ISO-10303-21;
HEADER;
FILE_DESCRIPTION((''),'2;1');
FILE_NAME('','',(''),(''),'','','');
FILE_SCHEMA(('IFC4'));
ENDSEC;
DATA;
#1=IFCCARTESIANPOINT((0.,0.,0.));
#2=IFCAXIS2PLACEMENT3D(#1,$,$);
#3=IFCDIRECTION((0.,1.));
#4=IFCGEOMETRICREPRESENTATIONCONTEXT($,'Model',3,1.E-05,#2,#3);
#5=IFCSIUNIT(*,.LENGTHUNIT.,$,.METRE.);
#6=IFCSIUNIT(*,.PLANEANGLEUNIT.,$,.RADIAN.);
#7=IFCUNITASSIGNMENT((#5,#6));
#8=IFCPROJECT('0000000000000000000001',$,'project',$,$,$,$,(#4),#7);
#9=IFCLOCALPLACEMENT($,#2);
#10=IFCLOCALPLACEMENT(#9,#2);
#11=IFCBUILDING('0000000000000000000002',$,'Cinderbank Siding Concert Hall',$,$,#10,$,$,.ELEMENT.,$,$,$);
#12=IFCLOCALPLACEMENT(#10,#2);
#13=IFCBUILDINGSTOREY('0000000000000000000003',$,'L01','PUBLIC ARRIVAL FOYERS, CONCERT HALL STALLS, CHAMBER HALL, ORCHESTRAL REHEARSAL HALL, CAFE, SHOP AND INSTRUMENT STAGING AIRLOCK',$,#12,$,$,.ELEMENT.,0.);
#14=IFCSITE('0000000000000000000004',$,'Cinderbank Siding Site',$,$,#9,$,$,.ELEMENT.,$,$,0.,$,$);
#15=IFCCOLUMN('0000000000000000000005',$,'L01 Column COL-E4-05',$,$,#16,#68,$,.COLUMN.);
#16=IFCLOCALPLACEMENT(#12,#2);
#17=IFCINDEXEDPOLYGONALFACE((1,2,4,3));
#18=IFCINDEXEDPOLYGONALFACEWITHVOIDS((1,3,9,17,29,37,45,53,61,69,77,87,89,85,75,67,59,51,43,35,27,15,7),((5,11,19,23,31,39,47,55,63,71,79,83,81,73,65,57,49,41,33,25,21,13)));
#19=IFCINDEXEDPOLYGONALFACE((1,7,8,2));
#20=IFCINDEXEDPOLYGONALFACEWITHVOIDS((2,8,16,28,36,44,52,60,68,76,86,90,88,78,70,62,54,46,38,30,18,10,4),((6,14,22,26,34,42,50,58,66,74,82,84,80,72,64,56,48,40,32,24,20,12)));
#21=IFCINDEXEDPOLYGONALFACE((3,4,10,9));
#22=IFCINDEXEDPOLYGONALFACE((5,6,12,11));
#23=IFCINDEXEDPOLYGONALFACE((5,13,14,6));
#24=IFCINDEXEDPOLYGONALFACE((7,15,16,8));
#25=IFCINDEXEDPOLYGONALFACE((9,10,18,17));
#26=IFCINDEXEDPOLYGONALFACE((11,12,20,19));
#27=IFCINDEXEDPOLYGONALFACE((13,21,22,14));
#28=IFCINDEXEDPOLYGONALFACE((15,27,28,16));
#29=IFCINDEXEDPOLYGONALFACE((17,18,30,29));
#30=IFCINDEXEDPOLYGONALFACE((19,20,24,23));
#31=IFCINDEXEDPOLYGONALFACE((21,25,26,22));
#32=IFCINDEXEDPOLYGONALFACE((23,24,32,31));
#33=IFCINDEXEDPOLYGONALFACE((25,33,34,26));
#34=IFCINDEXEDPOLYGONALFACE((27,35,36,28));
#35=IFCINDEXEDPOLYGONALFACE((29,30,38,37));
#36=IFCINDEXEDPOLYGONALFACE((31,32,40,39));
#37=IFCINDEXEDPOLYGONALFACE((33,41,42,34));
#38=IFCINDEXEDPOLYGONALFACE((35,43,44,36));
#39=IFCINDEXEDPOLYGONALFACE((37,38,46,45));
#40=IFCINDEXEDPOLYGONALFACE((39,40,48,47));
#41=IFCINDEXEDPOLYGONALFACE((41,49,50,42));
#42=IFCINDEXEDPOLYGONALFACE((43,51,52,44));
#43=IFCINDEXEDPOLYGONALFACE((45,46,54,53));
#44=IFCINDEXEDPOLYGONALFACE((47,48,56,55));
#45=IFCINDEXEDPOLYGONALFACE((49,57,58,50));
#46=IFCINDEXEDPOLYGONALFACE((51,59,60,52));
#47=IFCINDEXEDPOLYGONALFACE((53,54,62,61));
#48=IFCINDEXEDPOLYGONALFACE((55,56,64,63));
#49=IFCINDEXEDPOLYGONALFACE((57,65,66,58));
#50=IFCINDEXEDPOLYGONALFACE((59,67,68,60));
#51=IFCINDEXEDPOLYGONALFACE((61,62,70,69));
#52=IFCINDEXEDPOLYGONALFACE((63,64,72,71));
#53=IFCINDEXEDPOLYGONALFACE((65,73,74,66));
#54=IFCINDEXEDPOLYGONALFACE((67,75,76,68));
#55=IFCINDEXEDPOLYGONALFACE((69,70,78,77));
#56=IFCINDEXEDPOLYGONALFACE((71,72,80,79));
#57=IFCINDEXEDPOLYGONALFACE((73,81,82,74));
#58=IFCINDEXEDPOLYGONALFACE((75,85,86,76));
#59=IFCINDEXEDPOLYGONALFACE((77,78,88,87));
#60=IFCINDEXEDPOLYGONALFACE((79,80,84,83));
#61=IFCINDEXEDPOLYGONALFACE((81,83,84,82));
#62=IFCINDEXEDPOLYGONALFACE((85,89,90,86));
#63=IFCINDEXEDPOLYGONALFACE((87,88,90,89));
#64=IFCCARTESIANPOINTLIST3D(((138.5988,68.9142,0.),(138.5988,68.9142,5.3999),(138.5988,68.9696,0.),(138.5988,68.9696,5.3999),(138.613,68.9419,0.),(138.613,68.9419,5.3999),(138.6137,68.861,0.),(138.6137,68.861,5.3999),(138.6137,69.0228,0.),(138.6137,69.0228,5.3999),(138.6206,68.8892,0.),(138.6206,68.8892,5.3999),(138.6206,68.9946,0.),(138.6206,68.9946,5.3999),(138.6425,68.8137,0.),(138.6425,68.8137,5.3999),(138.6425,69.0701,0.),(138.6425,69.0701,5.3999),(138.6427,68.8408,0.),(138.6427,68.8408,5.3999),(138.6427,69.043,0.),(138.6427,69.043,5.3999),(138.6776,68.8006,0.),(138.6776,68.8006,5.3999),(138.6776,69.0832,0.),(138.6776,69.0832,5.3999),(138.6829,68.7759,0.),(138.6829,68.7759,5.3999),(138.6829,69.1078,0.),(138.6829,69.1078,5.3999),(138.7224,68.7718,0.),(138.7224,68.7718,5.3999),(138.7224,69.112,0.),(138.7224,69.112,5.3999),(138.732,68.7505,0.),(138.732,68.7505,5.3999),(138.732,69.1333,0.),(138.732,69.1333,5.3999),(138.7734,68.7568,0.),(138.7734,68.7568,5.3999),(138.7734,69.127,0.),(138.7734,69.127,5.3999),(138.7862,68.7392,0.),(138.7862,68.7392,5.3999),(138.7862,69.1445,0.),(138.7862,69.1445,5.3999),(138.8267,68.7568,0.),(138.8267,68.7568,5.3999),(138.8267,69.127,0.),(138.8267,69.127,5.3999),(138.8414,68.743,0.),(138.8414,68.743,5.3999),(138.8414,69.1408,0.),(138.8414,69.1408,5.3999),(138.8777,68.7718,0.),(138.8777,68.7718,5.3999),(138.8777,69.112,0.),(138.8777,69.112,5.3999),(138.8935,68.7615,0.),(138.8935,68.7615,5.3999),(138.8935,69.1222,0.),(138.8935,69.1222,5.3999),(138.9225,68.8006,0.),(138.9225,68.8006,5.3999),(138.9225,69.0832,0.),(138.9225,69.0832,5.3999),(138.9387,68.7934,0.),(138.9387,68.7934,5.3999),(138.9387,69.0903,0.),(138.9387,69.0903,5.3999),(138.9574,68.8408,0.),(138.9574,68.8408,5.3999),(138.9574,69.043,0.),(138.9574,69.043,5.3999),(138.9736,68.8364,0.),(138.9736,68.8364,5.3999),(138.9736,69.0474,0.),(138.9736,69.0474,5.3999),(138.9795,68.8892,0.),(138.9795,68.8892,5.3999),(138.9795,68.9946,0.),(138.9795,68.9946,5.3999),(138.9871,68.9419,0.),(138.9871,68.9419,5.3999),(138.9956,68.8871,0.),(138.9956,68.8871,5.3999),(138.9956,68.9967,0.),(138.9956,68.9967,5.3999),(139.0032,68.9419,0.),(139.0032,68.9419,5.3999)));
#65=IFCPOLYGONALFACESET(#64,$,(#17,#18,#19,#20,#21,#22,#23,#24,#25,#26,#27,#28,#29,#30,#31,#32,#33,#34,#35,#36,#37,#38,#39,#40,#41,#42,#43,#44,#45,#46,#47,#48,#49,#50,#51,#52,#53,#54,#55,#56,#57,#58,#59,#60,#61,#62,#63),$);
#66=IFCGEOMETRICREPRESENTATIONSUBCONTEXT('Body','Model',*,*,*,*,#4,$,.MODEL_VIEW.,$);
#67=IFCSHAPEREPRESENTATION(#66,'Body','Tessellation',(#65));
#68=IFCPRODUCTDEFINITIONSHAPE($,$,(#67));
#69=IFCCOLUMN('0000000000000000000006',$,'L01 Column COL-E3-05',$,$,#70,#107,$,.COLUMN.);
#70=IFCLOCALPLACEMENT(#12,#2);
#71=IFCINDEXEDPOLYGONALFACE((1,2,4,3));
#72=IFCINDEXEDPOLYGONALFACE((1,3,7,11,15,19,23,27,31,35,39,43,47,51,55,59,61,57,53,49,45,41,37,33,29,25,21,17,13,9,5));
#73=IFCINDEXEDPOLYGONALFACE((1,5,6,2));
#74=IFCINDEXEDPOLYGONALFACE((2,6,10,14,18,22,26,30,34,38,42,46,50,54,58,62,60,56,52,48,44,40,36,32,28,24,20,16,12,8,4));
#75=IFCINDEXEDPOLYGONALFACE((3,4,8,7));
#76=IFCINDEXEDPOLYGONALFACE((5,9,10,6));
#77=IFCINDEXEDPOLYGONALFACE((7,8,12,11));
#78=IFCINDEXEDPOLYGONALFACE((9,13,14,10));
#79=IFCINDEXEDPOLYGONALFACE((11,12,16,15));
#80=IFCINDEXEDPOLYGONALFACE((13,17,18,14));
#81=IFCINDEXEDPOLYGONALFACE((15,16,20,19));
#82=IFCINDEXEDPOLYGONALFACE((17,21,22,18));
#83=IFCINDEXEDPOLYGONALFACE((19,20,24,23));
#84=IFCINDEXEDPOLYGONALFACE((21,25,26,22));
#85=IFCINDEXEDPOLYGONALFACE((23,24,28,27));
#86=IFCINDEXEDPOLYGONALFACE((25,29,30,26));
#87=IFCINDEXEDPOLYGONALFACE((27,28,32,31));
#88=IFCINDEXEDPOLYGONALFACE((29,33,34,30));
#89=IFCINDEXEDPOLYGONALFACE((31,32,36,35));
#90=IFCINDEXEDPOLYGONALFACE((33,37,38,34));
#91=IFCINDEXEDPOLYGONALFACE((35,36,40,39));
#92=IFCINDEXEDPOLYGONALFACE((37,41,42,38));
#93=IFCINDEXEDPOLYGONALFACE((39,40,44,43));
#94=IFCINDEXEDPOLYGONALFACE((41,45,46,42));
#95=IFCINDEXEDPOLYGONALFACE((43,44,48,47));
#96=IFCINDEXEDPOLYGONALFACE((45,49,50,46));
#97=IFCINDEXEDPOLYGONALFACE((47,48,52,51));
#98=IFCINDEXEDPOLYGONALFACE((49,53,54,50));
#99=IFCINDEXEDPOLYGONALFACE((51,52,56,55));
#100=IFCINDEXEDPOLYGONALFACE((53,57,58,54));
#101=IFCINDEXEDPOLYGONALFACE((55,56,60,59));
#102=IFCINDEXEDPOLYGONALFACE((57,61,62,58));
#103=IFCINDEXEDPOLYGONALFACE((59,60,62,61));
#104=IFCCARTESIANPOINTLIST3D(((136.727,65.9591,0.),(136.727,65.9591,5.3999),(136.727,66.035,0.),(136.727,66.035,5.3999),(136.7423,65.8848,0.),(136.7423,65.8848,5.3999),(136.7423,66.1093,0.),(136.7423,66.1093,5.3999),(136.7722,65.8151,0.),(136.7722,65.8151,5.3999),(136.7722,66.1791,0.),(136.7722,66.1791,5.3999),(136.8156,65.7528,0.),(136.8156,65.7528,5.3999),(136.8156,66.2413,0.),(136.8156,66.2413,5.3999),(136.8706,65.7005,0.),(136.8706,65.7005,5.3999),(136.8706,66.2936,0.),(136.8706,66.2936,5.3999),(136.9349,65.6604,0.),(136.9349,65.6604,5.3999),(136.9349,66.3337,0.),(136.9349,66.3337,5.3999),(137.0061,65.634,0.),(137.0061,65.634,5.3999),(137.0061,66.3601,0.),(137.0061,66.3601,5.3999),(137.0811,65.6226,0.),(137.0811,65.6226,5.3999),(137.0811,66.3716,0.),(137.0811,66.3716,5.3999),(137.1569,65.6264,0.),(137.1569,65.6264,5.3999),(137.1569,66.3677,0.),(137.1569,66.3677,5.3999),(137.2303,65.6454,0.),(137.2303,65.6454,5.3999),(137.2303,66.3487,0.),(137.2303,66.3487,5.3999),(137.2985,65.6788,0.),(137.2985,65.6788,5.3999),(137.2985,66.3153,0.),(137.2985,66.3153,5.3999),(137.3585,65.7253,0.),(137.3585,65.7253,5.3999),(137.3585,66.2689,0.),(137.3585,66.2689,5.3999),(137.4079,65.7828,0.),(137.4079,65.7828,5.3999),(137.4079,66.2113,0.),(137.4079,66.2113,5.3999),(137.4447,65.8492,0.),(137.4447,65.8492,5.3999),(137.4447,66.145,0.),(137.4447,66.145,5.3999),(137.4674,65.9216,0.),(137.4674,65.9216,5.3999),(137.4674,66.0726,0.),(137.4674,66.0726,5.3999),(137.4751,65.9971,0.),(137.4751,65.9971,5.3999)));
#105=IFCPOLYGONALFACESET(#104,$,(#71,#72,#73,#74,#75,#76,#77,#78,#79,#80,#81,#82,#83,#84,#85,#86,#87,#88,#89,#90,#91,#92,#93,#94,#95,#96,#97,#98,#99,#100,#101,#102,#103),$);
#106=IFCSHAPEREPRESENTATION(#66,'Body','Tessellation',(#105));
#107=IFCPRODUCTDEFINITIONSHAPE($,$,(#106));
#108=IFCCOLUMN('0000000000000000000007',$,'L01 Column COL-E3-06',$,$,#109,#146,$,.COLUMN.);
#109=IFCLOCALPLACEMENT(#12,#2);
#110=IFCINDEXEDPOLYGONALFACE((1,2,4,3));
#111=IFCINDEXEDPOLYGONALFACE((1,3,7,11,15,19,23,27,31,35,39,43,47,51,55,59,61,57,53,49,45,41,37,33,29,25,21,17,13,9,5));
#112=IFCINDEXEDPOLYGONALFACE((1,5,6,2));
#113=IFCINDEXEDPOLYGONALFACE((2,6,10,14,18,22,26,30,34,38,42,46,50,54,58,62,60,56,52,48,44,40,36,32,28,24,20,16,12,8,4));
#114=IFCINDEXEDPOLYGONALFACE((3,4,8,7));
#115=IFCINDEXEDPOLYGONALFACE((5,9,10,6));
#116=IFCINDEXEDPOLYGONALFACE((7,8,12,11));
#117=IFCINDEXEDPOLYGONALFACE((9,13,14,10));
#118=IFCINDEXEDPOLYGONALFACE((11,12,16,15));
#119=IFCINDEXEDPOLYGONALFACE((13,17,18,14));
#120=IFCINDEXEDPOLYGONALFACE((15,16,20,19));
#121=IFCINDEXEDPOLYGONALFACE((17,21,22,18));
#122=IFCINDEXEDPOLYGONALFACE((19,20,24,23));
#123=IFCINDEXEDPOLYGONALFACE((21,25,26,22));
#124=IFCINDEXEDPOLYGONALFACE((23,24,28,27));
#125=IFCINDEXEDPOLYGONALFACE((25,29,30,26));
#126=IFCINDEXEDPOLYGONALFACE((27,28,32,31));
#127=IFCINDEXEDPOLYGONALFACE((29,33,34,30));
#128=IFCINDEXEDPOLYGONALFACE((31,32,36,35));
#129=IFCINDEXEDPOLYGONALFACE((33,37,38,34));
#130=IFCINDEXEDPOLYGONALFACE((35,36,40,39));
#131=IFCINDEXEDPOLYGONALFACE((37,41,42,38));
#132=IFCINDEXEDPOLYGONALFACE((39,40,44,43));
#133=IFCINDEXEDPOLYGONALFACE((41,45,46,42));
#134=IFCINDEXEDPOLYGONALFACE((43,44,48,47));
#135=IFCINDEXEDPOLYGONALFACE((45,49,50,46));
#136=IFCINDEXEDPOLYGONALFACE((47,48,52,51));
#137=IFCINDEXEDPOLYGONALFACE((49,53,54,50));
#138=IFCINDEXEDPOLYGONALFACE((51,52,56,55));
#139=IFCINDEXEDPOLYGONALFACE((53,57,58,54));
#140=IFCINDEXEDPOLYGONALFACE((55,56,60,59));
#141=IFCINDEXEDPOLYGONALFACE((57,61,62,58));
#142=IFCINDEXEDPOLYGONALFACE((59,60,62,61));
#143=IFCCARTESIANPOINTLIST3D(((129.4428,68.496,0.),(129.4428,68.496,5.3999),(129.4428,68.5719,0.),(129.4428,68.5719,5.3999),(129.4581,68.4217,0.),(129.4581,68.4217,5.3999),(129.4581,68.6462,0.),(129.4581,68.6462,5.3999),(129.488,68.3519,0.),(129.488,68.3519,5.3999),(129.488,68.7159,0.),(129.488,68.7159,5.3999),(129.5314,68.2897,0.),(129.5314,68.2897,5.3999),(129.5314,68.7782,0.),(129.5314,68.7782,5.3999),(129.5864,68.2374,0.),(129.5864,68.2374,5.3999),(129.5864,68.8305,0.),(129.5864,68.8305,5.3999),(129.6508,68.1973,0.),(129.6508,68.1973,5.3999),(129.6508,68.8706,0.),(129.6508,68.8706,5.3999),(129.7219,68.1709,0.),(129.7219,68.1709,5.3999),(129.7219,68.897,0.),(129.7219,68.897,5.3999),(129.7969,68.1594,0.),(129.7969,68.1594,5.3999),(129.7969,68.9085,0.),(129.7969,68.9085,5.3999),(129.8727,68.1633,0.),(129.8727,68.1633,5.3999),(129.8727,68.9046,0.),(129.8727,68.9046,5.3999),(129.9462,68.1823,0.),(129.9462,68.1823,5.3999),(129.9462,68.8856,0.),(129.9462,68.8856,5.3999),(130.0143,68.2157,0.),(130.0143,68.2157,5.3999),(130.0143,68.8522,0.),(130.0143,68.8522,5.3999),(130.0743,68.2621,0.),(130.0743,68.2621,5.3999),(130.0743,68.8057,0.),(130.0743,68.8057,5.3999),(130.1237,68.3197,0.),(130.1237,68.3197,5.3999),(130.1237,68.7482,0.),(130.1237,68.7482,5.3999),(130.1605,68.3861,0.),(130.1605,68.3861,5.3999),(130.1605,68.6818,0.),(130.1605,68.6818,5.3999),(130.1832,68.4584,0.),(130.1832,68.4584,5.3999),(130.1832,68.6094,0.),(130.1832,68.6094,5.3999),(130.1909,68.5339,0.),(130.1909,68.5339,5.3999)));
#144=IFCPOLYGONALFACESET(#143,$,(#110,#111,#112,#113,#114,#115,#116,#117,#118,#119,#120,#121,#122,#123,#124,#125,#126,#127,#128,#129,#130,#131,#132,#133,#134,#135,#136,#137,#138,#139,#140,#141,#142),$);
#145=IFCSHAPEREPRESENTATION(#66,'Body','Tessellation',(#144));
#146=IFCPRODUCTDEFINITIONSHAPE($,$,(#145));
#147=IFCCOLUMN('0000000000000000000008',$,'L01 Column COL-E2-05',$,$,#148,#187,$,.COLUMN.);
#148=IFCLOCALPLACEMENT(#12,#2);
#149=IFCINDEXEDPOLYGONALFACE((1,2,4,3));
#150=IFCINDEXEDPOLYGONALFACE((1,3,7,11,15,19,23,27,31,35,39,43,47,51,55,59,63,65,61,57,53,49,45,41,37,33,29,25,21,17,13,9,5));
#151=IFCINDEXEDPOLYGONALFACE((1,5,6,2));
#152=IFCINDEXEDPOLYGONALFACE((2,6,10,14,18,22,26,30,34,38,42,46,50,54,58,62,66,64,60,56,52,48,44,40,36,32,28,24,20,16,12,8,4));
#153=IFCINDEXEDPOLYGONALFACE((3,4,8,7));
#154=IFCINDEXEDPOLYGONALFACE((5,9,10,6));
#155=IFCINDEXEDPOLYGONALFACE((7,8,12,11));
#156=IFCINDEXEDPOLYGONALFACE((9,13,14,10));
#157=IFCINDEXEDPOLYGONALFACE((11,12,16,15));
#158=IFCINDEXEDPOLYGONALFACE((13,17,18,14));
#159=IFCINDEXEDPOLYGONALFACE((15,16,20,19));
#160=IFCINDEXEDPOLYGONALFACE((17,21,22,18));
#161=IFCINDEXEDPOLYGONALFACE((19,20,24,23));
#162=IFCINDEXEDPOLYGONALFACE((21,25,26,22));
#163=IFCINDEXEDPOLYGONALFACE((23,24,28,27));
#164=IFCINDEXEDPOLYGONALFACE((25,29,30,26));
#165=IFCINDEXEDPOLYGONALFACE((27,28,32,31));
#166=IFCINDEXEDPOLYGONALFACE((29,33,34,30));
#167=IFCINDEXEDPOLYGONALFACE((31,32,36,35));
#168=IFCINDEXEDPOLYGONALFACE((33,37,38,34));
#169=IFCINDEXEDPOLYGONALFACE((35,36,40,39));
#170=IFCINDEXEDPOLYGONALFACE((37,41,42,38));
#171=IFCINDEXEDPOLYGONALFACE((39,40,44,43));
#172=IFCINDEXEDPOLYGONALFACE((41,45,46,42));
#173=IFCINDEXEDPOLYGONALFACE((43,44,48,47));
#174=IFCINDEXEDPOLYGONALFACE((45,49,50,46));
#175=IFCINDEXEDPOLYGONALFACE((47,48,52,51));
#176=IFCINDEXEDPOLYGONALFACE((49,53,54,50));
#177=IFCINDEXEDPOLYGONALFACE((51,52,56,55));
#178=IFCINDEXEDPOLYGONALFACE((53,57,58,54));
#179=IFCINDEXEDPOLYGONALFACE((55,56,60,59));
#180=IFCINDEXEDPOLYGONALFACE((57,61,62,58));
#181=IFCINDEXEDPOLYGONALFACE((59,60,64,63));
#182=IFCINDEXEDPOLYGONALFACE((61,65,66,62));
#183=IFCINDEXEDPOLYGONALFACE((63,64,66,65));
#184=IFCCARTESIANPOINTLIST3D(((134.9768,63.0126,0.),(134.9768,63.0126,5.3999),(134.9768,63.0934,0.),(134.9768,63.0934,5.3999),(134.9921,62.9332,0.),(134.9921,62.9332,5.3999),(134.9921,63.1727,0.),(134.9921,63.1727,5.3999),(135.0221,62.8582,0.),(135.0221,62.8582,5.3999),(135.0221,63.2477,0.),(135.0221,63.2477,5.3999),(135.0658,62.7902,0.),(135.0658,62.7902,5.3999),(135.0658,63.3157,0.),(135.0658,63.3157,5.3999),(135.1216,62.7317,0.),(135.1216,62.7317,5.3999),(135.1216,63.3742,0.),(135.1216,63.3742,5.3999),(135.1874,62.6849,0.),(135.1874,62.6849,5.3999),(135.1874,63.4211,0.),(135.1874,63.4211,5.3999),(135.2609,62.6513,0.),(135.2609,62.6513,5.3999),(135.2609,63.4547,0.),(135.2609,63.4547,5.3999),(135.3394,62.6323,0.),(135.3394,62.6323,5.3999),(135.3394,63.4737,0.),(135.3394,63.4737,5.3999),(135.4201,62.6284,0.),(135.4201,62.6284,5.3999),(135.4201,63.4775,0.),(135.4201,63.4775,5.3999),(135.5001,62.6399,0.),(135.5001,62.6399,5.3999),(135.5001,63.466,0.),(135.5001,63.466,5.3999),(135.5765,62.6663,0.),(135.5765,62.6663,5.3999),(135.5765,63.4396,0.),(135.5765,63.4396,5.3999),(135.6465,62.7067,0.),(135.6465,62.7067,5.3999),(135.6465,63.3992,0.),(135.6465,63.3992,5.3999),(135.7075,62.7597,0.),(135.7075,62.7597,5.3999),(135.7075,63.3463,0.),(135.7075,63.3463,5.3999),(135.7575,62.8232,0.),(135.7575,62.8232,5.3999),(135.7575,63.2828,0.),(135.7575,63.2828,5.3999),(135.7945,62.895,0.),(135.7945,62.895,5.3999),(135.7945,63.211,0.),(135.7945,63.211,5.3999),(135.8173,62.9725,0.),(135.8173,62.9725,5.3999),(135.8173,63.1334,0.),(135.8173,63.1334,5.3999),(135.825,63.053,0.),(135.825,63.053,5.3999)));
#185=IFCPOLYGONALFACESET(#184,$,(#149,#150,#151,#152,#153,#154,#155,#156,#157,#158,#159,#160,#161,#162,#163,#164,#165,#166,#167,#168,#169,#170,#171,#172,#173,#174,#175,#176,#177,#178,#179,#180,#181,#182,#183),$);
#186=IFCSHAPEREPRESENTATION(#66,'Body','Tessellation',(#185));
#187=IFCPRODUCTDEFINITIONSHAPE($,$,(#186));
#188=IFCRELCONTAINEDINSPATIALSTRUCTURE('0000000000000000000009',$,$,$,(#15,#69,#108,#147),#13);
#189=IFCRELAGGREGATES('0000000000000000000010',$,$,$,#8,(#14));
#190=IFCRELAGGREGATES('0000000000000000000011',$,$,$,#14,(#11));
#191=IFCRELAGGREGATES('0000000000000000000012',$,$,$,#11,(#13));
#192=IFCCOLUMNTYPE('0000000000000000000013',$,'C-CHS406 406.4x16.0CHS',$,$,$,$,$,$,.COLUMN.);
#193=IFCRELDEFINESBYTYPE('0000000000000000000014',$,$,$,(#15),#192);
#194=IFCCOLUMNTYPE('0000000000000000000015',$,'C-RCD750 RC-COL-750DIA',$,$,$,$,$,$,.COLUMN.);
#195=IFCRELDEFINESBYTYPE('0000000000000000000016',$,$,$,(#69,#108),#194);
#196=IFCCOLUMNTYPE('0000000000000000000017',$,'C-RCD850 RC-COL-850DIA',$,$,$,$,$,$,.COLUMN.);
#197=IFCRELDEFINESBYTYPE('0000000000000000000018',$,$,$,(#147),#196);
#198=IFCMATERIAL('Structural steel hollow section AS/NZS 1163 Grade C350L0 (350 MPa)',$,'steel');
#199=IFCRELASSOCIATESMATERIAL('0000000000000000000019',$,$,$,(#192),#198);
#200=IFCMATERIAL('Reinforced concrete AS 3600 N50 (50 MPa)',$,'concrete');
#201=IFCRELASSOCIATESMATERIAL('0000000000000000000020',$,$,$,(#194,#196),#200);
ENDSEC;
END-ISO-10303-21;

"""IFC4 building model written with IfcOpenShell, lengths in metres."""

from ifc_helpers import new_model, si_unit, direction, frame, origin, origin_2d, place, context, subcontext, project, spatial, circle, hollow_circle, extrude, material, material_profile, profile_set, type_object, element, save


model = new_model("IFC4")

# Units and contexts
model_context = context("Model", 3, precision=1e-05, world=origin(), true_north=direction((0.0, 1.0)))
body_context = subcontext(model_context, "Body", "Model", "MODEL_VIEW")
ifc_project = project(units=[si_unit("LENGTHUNIT", "METRE"), si_unit("PLANEANGLEUNIT", "RADIAN")], contexts=[model_context])

# Site, building, storey
site_placement = place(None, origin())
site = spatial("IfcSite", under=ifc_project, at=site_placement, Name="Cinderbank Siding Site", CompositionType="ELEMENT", RefElevation=0.0)
building_placement = place(site_placement, origin())
building = spatial("IfcBuilding", under=site, at=building_placement, Name="Cinderbank Siding Concert Hall", CompositionType="ELEMENT")
storey_placement = place(building_placement, origin())
storey = spatial("IfcBuildingStorey", under=building, at=storey_placement, Name="L01", Description="PUBLIC ARRIVAL FOYERS, CONCERT HALL STALLS, CHAMBER HALL, ORCHESTRAL REHEARSAL HALL, CAFE, SHOP AND INSTRUMENT STAGING AIRLOCK", CompositionType="ELEMENT", Elevation=0.0)

# Columns
ifc_material_1 = material(Name="Structural steel hollow section AS/NZS 1163 Grade C350L0 (350 MPa)", Category="steel")
ifc_material_profile_1 = material_profile(ifc_material_1, hollow_circle(Radius=0.2031, WallThickness=0.0161, at=origin_2d()), Name="406.4x16.0CHS", Category="LoadBearing")
ifc_profile_set_1 = profile_set([ifc_material_profile_1], Name="Structural steel hollow section AS/NZS 1163 Grade C350L0 (350 MPa)")
column_type_1 = type_object("IfcColumnType", Name="C-CHS406 406.4x16.0CHS", PredefinedType="COLUMN", material=ifc_profile_set_1)
column_placement = place(storey_placement, frame((138.8, 68.9419, 0.0), z_axis=(0.0, 0.0, 1.0), x_axis=(1.0, 0.0, 0.0)))
element("IfcColumn", 1, at=column_placement, inside=storey, type_object=column_type_1, Name="L01 Column COL-E4-05", PredefinedType="COLUMN", context=body_context, shape_type="SweptSolid", body=[
    extrude(hollow_circle(Radius=0.2031, WallThickness=0.0161, at=origin_2d()), origin(), (0.0, 0.0, 1.0), 5.3999),
])
ifc_material_2 = material(Name="Reinforced concrete AS 3600 N50 (50 MPa)", Category="concrete")
ifc_material_profile_2 = material_profile(ifc_material_2, circle(Radius=0.375, at=origin_2d()), Name="RC-COL-750DIA", Category="LoadBearing")
ifc_profile_set_2 = profile_set([ifc_material_profile_2], Name="Reinforced concrete AS 3600 N50 (50 MPa)")
column_type_2 = type_object("IfcColumnType", Name="C-RCD750 RC-COL-750DIA", PredefinedType="COLUMN", material=ifc_profile_set_2)
for number, where, z_axis, x_axis, name in (
    (2, (137.1001, 65.9971, 0.0), (0.0, 0.0, 1.0), (1.0, 0.0, 0.0), "L01 Column COL-E3-05"),
    (3, (129.8159, 68.5339, 0.0), (0.0, 0.0, 1.0), (1.0, 0.0, 0.0), "L01 Column COL-E3-06"),
):
    element("IfcColumn", number, at=place(storey_placement, frame(where, z_axis=z_axis, x_axis=x_axis)), inside=storey, type_object=column_type_2, Name=name, PredefinedType="COLUMN", context=body_context, shape_type="SweptSolid", body=[
        extrude(circle(Radius=0.375, at=origin_2d()), origin(), (0.0, 0.0, 1.0), 5.3999),
    ])
ifc_material_profile_3 = material_profile(ifc_material_2, circle(Radius=0.425, at=origin_2d()), Name="RC-COL-850DIA", Category="LoadBearing")
ifc_profile_set_3 = profile_set([ifc_material_profile_3], Name="Reinforced concrete AS 3600 N50 (50 MPa)")
column_type_3 = type_object("IfcColumnType", Name="C-RCD850 RC-COL-850DIA", PredefinedType="COLUMN", material=ifc_profile_set_3)
for number, where, z_axis, x_axis, name in (
    (4, (135.3999, 63.053, 0.0), (0.0, 0.0, 1.0), (1.0, 0.0, 0.0), "L01 Column COL-E2-05"),
):
    element("IfcColumn", number, at=place(storey_placement, frame(where, z_axis=z_axis, x_axis=x_axis)), inside=storey, type_object=column_type_3, Name=name, PredefinedType="COLUMN", context=body_context, shape_type="SweptSolid", body=[
        extrude(circle(Radius=0.425, at=origin_2d()), origin(), (0.0, 0.0, 1.0), 5.3999),
    ])

save(model, "model.ifc")
